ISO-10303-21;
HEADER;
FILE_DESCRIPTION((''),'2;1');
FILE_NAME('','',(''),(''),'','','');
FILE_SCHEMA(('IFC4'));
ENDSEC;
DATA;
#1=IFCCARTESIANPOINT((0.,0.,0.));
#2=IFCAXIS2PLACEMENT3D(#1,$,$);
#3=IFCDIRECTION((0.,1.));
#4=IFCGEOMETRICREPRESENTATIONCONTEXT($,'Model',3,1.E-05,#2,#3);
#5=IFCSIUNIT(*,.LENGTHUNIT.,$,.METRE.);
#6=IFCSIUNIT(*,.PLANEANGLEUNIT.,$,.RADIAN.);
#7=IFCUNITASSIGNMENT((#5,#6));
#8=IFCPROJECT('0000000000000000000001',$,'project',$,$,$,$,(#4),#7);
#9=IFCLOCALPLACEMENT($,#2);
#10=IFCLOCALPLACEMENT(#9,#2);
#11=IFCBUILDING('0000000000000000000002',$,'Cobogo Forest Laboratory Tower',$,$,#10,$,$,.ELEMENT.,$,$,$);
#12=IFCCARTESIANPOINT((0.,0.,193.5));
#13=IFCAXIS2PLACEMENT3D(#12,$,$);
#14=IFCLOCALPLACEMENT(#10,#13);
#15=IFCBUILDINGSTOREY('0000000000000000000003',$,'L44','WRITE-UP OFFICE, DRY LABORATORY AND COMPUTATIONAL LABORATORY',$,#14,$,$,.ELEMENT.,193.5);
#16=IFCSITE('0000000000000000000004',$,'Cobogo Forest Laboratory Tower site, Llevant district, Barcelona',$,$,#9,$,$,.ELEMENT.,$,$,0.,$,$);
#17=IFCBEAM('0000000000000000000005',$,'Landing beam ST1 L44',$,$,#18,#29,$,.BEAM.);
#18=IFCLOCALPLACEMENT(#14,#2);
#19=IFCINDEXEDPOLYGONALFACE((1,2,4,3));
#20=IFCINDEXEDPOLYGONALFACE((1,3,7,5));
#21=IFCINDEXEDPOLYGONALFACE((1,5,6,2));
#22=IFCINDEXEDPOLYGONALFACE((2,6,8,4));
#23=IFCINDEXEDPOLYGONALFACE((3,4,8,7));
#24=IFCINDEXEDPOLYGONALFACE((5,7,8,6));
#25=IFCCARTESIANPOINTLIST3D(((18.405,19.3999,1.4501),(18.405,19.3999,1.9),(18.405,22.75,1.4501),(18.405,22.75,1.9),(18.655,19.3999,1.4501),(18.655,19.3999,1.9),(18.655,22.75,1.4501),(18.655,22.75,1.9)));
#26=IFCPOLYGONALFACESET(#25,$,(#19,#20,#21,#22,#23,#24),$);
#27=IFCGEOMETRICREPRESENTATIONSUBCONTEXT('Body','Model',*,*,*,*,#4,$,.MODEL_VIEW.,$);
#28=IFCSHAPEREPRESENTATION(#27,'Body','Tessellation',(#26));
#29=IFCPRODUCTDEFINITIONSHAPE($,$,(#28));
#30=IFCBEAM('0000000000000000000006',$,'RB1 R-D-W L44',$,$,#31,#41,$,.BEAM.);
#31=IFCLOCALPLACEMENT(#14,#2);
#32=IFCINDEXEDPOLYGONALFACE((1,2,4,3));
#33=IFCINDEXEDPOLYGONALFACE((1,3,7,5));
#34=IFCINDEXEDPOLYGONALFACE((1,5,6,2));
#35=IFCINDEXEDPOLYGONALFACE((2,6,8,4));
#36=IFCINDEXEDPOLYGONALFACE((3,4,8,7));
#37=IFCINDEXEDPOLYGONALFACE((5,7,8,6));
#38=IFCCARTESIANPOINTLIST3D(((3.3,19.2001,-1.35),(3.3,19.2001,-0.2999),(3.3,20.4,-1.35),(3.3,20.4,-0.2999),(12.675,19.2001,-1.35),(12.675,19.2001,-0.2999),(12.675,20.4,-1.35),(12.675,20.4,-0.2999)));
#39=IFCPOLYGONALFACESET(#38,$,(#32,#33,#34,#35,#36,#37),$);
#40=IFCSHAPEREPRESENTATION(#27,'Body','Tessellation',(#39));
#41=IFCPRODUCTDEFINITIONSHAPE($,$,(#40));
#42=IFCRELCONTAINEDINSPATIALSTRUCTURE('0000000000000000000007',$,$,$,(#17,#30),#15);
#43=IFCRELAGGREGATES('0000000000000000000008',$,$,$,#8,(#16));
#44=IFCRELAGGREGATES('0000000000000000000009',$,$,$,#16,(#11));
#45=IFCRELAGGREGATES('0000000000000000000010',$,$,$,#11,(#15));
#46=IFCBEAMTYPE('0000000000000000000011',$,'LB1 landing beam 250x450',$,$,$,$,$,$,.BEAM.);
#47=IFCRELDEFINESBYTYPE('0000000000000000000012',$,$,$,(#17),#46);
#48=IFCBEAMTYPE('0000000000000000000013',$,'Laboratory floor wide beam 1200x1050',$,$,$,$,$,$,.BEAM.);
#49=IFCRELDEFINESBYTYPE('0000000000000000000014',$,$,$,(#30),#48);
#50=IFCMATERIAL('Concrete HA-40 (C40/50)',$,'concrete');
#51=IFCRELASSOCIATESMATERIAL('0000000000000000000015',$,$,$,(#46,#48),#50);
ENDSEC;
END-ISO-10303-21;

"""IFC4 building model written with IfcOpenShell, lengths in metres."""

from ifc_helpers import new_model, si_unit, direction, frame, origin, origin_2d, place, context, subcontext, project, spatial, rectangle, extrude, material, material_profile, profile_set, type_object, element, save


model = new_model("IFC4")

# Units and contexts
model_context = context("Model", 3, precision=1e-05, world=origin(), true_north=direction((0.0, 1.0)))
body_context = subcontext(model_context, "Body", "Model", "MODEL_VIEW")
ifc_project = project(units=[si_unit("LENGTHUNIT", "METRE"), si_unit("PLANEANGLEUNIT", "RADIAN")], contexts=[model_context])

# Site, building, storey
site_placement = place(None, origin())
site = spatial("IfcSite", under=ifc_project, at=site_placement, Name="Cobogo Forest Laboratory Tower site, Llevant district, Barcelona", CompositionType="ELEMENT", RefElevation=0.0)
building_placement = place(site_placement, origin())
building = spatial("IfcBuilding", under=site, at=building_placement, Name="Cobogo Forest Laboratory Tower", CompositionType="ELEMENT")
storey_placement = place(building_placement, frame((0.0, 0.0, 193.5)))
storey = spatial("IfcBuildingStorey", under=building, at=storey_placement, Name="L44", Description="WRITE-UP OFFICE, DRY LABORATORY AND COMPUTATIONAL LABORATORY", CompositionType="ELEMENT", Elevation=193.5)

# Beams
ifc_material_1 = material(Name="Concrete HA-40 (C40/50)", Category="concrete")
ifc_material_profile_1 = material_profile(ifc_material_1, rectangle(XDim=0.25, YDim=0.45, at=origin_2d()), Name="RC 250x450")
ifc_profile_set_1 = profile_set([ifc_material_profile_1], Name="Concrete HA-40 (C40/50)")
beam_type_1 = type_object("IfcBeamType", Name="LB1 landing beam 250x450", PredefinedType="BEAM", material=ifc_profile_set_1)
beam_1_placement = place(storey_placement, frame((18.53, 19.3999, 1.675), z_axis=(0.0, 1.0, 0.0), x_axis=(-1.0, 0.0, 0.0)))
element("IfcBeam", 1, at=beam_1_placement, inside=storey, type_object=beam_type_1, Name="Landing beam ST1 L44", PredefinedType="BEAM", context=body_context, shape_type="SweptSolid", body=[
    extrude(rectangle(XDim=0.25, YDim=0.45, at=origin_2d()), origin(), (0.0, 0.0, 1.0), 3.3501),
])
ifc_material_profile_2 = material_profile(ifc_material_1, rectangle(XDim=1.2, YDim=1.05, at=origin_2d()), Name="RC 1200x1050")
ifc_profile_set_2 = profile_set([ifc_material_profile_2], Name="Concrete HA-40 (C40/50)")
beam_type_2 = type_object("IfcBeamType", Name="Laboratory floor wide beam 1200x1050", PredefinedType="BEAM", material=ifc_profile_set_2)
beam_2_placement = place(storey_placement, frame((12.675, 19.8, -0.825), z_axis=(-1.0, 0.0, 0.0), x_axis=(0.0, -1.0, 0.0)))
element("IfcBeam", 2, at=beam_2_placement, inside=storey, type_object=beam_type_2, Name="RB1 R-D-W L44", PredefinedType="BEAM", context=body_context, shape_type="SweptSolid", body=[
    extrude(rectangle(XDim=1.2, YDim=1.05, at=origin_2d()), origin(), (0.0, 0.0, 1.0), 9.375),
])

save(model, "model.ifc")
